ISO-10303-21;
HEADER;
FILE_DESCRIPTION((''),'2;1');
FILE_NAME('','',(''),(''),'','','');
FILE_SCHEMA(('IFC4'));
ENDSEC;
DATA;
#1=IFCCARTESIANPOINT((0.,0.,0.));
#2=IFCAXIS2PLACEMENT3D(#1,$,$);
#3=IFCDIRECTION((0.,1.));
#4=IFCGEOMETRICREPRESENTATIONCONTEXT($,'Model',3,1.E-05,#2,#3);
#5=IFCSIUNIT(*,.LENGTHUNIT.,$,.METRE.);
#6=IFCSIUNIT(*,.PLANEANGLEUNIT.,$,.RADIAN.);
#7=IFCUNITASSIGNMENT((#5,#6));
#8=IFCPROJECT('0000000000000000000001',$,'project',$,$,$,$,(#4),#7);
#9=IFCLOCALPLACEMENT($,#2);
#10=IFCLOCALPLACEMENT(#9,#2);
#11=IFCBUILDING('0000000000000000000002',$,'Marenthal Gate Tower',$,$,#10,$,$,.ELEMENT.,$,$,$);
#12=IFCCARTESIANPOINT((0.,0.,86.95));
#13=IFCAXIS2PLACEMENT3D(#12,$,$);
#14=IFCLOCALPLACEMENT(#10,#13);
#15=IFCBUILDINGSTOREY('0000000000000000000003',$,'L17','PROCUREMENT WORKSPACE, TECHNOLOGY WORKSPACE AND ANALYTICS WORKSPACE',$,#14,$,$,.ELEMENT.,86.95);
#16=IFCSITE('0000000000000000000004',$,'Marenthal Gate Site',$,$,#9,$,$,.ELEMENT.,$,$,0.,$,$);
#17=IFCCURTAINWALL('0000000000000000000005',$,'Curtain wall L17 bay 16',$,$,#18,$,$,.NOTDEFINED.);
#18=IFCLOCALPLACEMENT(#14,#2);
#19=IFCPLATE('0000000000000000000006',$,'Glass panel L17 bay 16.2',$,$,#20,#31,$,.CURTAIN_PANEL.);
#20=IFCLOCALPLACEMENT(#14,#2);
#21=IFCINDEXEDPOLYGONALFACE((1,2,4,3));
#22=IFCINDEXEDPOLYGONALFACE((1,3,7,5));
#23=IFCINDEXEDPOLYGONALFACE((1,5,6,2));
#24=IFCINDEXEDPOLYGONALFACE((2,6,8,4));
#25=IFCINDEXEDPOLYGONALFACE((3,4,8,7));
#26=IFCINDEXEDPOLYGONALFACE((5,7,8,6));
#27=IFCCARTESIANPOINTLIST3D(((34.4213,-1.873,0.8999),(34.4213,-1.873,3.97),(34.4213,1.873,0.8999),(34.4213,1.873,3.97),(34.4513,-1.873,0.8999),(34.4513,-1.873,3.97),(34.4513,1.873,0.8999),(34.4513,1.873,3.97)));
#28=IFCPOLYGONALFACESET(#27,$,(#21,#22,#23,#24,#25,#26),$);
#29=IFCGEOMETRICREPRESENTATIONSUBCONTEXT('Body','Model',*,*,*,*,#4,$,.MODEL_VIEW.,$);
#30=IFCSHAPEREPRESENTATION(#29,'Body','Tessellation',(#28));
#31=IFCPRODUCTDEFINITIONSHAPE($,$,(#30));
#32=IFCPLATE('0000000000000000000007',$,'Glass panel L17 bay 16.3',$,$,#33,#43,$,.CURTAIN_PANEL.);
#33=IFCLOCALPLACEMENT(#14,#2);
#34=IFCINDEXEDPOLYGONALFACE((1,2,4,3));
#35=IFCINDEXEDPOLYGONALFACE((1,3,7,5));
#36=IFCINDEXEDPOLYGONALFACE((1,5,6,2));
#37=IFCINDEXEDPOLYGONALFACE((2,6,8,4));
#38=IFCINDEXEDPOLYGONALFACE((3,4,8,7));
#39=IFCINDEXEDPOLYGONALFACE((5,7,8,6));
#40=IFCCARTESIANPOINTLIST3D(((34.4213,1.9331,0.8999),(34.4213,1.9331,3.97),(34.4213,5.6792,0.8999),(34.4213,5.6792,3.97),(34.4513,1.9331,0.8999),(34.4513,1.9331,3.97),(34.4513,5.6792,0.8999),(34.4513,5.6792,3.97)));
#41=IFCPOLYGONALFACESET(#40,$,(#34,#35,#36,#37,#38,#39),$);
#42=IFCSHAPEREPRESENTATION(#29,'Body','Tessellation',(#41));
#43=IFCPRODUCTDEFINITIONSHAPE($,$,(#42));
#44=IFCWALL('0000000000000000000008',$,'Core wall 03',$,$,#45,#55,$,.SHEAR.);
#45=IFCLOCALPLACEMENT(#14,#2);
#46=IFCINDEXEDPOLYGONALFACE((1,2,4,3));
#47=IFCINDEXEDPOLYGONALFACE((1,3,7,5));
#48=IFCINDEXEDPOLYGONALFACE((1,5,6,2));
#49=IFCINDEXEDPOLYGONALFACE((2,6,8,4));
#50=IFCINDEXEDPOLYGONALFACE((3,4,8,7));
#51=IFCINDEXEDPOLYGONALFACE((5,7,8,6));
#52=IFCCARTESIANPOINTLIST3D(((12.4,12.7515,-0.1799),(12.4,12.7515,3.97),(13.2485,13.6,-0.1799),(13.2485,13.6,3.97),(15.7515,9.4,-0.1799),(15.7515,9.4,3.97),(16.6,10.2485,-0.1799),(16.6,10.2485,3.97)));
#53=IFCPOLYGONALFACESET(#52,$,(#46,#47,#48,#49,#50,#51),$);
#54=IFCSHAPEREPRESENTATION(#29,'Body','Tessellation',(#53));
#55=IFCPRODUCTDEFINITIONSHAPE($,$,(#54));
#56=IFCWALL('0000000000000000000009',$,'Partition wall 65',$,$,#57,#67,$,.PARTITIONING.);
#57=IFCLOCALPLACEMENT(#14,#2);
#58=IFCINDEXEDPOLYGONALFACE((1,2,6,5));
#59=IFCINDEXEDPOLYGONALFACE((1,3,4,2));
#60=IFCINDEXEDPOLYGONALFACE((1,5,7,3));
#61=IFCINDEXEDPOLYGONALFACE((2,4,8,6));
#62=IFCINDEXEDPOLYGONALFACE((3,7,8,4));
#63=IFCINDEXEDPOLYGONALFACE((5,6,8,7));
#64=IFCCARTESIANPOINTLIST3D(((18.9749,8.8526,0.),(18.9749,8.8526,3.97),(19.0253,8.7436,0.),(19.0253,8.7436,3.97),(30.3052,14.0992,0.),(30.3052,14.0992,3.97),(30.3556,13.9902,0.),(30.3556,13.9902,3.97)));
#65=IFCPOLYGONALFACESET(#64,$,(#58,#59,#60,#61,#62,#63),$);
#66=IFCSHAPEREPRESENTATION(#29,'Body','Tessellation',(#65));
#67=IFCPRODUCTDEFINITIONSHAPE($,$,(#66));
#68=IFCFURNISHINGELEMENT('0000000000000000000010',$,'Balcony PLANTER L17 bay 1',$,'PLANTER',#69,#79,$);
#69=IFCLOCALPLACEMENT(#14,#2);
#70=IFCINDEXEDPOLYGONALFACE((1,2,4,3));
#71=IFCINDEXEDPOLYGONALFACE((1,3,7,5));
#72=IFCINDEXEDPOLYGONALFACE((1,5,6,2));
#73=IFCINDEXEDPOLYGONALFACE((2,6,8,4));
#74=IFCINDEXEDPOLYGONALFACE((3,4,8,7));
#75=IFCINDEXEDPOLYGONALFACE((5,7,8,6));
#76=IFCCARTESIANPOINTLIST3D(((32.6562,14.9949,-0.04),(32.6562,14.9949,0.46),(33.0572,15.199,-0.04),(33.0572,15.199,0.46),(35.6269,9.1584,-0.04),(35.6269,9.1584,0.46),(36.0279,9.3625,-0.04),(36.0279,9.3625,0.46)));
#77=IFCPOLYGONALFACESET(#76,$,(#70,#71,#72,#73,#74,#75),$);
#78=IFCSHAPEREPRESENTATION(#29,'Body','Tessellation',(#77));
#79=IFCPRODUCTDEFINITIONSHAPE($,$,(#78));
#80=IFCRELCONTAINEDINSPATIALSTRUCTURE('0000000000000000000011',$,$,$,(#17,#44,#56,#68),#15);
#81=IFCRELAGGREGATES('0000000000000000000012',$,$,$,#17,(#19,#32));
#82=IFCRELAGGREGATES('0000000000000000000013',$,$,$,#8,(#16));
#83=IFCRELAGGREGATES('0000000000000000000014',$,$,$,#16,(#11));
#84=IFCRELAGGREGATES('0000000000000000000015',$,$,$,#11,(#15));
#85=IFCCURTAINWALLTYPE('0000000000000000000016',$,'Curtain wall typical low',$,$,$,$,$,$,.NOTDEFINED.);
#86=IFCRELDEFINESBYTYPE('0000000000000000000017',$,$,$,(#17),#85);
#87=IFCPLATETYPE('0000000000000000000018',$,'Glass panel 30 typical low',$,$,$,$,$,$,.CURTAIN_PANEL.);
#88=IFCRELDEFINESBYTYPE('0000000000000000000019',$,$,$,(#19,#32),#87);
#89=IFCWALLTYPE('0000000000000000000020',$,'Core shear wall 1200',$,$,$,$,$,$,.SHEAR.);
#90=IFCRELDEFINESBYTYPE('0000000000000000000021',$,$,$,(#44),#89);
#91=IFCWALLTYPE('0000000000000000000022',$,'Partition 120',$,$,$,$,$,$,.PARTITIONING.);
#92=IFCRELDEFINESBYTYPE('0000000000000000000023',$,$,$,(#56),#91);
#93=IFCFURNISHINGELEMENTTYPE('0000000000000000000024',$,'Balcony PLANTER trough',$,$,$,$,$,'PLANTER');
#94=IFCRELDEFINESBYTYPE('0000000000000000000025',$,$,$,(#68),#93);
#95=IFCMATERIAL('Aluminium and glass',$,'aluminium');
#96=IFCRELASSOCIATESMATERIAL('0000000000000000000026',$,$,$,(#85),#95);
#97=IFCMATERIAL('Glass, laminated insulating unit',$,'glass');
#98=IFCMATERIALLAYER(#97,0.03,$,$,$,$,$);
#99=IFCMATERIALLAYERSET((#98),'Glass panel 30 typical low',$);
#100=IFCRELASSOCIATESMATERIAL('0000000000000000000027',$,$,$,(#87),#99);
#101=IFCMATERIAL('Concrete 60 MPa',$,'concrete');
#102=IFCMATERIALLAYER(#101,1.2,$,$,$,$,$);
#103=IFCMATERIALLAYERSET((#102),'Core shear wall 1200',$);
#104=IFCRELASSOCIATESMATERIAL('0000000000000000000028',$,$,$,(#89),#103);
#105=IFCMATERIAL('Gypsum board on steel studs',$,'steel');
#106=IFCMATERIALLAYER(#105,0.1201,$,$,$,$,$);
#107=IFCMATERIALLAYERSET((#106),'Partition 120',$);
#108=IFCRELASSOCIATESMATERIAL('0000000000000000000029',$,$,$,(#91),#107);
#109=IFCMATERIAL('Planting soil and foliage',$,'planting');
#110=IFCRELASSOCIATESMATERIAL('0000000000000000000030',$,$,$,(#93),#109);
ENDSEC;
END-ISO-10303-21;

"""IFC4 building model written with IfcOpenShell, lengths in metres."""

from ifc_helpers import new_model, si_unit, direction, frame, frame_2d, origin, origin_2d, place, context, subcontext, project, spatial, rectangle, extrude, material, layer, layer_set, type_object, element, aggregate, save


model = new_model("IFC4")

# Units and contexts
model_context = context("Model", 3, precision=1e-05, world=origin(), true_north=direction((0.0, 1.0)))
body_context = subcontext(model_context, "Body", "Model", "MODEL_VIEW")
ifc_project = project(units=[si_unit("LENGTHUNIT", "METRE"), si_unit("PLANEANGLEUNIT", "RADIAN")], contexts=[model_context])

# Site, building, storey
site_placement = place(None, origin())
site = spatial("IfcSite", under=ifc_project, at=site_placement, Name="Marenthal Gate Site", CompositionType="ELEMENT", RefElevation=0.0)
building_placement = place(site_placement, origin())
building = spatial("IfcBuilding", under=site, at=building_placement, Name="Marenthal Gate Tower", CompositionType="ELEMENT")
storey_placement = place(building_placement, frame((0.0, 0.0, 86.95)))
storey = spatial("IfcBuildingStorey", under=building, at=storey_placement, Name="L17", Description="PROCUREMENT WORKSPACE, TECHNOLOGY WORKSPACE AND ANALYTICS WORKSPACE", CompositionType="ELEMENT", Elevation=86.95)

# Curtain wall
ifc_material_1 = material(Name="Aluminium and glass", Category="aluminium")
curtain_wall_type = type_object("IfcCurtainWallType", Name="Curtain wall typical low", PredefinedType="NOTDEFINED", material=ifc_material_1)
curtain_wall_placement = place(storey_placement, origin())
curtain_wall = element("IfcCurtainWall", 1, at=curtain_wall_placement, inside=storey, type_object=curtain_wall_type, Name="Curtain wall L17 bay 16", PredefinedType="NOTDEFINED")

# Plates
ifc_material_2 = material(Name="Glass, laminated insulating unit", Category="glass")
ifc_layer_1 = layer(ifc_material_2, 0.03)
ifc_layer_set_1 = layer_set([ifc_layer_1], Name="Glass panel 30 typical low")
plate_type = type_object("IfcPlateType", Name="Glass panel 30 typical low", PredefinedType="CURTAIN_PANEL", material=ifc_layer_set_1)
plate_1_placement = place(storey_placement, frame((34.4363, 0.0, 0.8999), z_axis=(0.0, 0.0, 1.0), x_axis=(0.0, 1.0, 0.0)))
plate_1 = element("IfcPlate", 2, at=plate_1_placement, type_object=plate_type, Name="Glass panel L17 bay 16.2", PredefinedType="CURTAIN_PANEL", context=body_context, shape_type="SweptSolid", body=[
    extrude(rectangle(XDim=3.7461, YDim=0.03, at=origin_2d()), origin(), (0.0, 0.0, 1.0), 3.0701),
])
plate_2_placement = place(storey_placement, frame((34.4363, 3.8062, 0.8999), z_axis=(0.0, 0.0, 1.0), x_axis=(0.0, 1.0, 0.0)))
plate_2 = element("IfcPlate", 3, at=plate_2_placement, type_object=plate_type, Name="Glass panel L17 bay 16.3", PredefinedType="CURTAIN_PANEL", context=body_context, shape_type="SweptSolid", body=[
    extrude(rectangle(XDim=3.7461, YDim=0.03, at=origin_2d()), origin(), (0.0, 0.0, 1.0), 3.0701),
])
aggregate(curtain_wall, [plate_1, plate_2])

# Walls
ifc_material_3 = material(Name="Concrete 60 MPa", Category="concrete")
ifc_layer_2 = layer(ifc_material_3, 1.2)
ifc_layer_set_2 = layer_set([ifc_layer_2], Name="Core shear wall 1200")
wall_type_1 = type_object("IfcWallType", Name="Core shear wall 1200", PredefinedType="SHEAR", material=ifc_layer_set_2)
wall_1_placement = place(storey_placement, frame((16.1758, 9.8242, -0.1799), z_axis=(0.0, 0.0, 1.0), x_axis=(-0.707107, 0.707107, 0.0)))
element("IfcWall", 4, at=wall_1_placement, inside=storey, type_object=wall_type_1, Name="Core wall 03", PredefinedType="SHEAR", context=body_context, shape_type="SweptSolid", body=[
    extrude(rectangle(XDim=4.7397, YDim=1.2, at=frame_2d((2.3699, 0.0))), origin(), (0.0, 0.0, 1.0), 4.1499),
])
ifc_material_4 = material(Name="Gypsum board on steel studs", Category="steel")
ifc_layer_3 = layer(ifc_material_4, 0.1201)
ifc_layer_set_3 = layer_set([ifc_layer_3], Name="Partition 120")
wall_type_2 = type_object("IfcWallType", Name="Partition 120", PredefinedType="PARTITIONING", material=ifc_layer_set_3)
wall_2_placement = place(storey_placement, frame((19.0, 8.7981, 0.0), z_axis=(0.0, 0.0, 1.0), x_axis=(0.907434, 0.420194, 0.0)))
element("IfcWall", 5, at=wall_2_placement, inside=storey, type_object=wall_type_2, Name="Partition wall 65", PredefinedType="PARTITIONING", context=body_context, shape_type="SweptSolid", body=[
    extrude(rectangle(XDim=12.4861, YDim=0.1201, at=frame_2d((6.2432, 0.0))), origin(), (0.0, 0.0, 1.0), 3.97),
])

# Furnishing element
ifc_material_5 = material(Name="Planting soil and foliage", Category="planting")
furnishing_element_type = type_object("IfcFurnishingElementType", Name="Balcony PLANTER trough", ElementType="PLANTER", material=ifc_material_5)
furnishing_placement = place(storey_placement, frame((34.342, 12.1787, -0.04), z_axis=(0.0, 0.0, 1.0), x_axis=(-0.453616, 0.891197, 0.0)))
element("IfcFurnishingElement", 6, at=furnishing_placement, inside=storey, type_object=furnishing_element_type, Name="Balcony PLANTER L17 bay 1", ObjectType="PLANTER", context=body_context, shape_type="SweptSolid", body=[
    extrude(rectangle(XDim=6.5491, YDim=0.45, at=origin_2d()), origin(), (0.0, 0.0, 1.0), 0.5),
])

save(model, "model.ifc")
